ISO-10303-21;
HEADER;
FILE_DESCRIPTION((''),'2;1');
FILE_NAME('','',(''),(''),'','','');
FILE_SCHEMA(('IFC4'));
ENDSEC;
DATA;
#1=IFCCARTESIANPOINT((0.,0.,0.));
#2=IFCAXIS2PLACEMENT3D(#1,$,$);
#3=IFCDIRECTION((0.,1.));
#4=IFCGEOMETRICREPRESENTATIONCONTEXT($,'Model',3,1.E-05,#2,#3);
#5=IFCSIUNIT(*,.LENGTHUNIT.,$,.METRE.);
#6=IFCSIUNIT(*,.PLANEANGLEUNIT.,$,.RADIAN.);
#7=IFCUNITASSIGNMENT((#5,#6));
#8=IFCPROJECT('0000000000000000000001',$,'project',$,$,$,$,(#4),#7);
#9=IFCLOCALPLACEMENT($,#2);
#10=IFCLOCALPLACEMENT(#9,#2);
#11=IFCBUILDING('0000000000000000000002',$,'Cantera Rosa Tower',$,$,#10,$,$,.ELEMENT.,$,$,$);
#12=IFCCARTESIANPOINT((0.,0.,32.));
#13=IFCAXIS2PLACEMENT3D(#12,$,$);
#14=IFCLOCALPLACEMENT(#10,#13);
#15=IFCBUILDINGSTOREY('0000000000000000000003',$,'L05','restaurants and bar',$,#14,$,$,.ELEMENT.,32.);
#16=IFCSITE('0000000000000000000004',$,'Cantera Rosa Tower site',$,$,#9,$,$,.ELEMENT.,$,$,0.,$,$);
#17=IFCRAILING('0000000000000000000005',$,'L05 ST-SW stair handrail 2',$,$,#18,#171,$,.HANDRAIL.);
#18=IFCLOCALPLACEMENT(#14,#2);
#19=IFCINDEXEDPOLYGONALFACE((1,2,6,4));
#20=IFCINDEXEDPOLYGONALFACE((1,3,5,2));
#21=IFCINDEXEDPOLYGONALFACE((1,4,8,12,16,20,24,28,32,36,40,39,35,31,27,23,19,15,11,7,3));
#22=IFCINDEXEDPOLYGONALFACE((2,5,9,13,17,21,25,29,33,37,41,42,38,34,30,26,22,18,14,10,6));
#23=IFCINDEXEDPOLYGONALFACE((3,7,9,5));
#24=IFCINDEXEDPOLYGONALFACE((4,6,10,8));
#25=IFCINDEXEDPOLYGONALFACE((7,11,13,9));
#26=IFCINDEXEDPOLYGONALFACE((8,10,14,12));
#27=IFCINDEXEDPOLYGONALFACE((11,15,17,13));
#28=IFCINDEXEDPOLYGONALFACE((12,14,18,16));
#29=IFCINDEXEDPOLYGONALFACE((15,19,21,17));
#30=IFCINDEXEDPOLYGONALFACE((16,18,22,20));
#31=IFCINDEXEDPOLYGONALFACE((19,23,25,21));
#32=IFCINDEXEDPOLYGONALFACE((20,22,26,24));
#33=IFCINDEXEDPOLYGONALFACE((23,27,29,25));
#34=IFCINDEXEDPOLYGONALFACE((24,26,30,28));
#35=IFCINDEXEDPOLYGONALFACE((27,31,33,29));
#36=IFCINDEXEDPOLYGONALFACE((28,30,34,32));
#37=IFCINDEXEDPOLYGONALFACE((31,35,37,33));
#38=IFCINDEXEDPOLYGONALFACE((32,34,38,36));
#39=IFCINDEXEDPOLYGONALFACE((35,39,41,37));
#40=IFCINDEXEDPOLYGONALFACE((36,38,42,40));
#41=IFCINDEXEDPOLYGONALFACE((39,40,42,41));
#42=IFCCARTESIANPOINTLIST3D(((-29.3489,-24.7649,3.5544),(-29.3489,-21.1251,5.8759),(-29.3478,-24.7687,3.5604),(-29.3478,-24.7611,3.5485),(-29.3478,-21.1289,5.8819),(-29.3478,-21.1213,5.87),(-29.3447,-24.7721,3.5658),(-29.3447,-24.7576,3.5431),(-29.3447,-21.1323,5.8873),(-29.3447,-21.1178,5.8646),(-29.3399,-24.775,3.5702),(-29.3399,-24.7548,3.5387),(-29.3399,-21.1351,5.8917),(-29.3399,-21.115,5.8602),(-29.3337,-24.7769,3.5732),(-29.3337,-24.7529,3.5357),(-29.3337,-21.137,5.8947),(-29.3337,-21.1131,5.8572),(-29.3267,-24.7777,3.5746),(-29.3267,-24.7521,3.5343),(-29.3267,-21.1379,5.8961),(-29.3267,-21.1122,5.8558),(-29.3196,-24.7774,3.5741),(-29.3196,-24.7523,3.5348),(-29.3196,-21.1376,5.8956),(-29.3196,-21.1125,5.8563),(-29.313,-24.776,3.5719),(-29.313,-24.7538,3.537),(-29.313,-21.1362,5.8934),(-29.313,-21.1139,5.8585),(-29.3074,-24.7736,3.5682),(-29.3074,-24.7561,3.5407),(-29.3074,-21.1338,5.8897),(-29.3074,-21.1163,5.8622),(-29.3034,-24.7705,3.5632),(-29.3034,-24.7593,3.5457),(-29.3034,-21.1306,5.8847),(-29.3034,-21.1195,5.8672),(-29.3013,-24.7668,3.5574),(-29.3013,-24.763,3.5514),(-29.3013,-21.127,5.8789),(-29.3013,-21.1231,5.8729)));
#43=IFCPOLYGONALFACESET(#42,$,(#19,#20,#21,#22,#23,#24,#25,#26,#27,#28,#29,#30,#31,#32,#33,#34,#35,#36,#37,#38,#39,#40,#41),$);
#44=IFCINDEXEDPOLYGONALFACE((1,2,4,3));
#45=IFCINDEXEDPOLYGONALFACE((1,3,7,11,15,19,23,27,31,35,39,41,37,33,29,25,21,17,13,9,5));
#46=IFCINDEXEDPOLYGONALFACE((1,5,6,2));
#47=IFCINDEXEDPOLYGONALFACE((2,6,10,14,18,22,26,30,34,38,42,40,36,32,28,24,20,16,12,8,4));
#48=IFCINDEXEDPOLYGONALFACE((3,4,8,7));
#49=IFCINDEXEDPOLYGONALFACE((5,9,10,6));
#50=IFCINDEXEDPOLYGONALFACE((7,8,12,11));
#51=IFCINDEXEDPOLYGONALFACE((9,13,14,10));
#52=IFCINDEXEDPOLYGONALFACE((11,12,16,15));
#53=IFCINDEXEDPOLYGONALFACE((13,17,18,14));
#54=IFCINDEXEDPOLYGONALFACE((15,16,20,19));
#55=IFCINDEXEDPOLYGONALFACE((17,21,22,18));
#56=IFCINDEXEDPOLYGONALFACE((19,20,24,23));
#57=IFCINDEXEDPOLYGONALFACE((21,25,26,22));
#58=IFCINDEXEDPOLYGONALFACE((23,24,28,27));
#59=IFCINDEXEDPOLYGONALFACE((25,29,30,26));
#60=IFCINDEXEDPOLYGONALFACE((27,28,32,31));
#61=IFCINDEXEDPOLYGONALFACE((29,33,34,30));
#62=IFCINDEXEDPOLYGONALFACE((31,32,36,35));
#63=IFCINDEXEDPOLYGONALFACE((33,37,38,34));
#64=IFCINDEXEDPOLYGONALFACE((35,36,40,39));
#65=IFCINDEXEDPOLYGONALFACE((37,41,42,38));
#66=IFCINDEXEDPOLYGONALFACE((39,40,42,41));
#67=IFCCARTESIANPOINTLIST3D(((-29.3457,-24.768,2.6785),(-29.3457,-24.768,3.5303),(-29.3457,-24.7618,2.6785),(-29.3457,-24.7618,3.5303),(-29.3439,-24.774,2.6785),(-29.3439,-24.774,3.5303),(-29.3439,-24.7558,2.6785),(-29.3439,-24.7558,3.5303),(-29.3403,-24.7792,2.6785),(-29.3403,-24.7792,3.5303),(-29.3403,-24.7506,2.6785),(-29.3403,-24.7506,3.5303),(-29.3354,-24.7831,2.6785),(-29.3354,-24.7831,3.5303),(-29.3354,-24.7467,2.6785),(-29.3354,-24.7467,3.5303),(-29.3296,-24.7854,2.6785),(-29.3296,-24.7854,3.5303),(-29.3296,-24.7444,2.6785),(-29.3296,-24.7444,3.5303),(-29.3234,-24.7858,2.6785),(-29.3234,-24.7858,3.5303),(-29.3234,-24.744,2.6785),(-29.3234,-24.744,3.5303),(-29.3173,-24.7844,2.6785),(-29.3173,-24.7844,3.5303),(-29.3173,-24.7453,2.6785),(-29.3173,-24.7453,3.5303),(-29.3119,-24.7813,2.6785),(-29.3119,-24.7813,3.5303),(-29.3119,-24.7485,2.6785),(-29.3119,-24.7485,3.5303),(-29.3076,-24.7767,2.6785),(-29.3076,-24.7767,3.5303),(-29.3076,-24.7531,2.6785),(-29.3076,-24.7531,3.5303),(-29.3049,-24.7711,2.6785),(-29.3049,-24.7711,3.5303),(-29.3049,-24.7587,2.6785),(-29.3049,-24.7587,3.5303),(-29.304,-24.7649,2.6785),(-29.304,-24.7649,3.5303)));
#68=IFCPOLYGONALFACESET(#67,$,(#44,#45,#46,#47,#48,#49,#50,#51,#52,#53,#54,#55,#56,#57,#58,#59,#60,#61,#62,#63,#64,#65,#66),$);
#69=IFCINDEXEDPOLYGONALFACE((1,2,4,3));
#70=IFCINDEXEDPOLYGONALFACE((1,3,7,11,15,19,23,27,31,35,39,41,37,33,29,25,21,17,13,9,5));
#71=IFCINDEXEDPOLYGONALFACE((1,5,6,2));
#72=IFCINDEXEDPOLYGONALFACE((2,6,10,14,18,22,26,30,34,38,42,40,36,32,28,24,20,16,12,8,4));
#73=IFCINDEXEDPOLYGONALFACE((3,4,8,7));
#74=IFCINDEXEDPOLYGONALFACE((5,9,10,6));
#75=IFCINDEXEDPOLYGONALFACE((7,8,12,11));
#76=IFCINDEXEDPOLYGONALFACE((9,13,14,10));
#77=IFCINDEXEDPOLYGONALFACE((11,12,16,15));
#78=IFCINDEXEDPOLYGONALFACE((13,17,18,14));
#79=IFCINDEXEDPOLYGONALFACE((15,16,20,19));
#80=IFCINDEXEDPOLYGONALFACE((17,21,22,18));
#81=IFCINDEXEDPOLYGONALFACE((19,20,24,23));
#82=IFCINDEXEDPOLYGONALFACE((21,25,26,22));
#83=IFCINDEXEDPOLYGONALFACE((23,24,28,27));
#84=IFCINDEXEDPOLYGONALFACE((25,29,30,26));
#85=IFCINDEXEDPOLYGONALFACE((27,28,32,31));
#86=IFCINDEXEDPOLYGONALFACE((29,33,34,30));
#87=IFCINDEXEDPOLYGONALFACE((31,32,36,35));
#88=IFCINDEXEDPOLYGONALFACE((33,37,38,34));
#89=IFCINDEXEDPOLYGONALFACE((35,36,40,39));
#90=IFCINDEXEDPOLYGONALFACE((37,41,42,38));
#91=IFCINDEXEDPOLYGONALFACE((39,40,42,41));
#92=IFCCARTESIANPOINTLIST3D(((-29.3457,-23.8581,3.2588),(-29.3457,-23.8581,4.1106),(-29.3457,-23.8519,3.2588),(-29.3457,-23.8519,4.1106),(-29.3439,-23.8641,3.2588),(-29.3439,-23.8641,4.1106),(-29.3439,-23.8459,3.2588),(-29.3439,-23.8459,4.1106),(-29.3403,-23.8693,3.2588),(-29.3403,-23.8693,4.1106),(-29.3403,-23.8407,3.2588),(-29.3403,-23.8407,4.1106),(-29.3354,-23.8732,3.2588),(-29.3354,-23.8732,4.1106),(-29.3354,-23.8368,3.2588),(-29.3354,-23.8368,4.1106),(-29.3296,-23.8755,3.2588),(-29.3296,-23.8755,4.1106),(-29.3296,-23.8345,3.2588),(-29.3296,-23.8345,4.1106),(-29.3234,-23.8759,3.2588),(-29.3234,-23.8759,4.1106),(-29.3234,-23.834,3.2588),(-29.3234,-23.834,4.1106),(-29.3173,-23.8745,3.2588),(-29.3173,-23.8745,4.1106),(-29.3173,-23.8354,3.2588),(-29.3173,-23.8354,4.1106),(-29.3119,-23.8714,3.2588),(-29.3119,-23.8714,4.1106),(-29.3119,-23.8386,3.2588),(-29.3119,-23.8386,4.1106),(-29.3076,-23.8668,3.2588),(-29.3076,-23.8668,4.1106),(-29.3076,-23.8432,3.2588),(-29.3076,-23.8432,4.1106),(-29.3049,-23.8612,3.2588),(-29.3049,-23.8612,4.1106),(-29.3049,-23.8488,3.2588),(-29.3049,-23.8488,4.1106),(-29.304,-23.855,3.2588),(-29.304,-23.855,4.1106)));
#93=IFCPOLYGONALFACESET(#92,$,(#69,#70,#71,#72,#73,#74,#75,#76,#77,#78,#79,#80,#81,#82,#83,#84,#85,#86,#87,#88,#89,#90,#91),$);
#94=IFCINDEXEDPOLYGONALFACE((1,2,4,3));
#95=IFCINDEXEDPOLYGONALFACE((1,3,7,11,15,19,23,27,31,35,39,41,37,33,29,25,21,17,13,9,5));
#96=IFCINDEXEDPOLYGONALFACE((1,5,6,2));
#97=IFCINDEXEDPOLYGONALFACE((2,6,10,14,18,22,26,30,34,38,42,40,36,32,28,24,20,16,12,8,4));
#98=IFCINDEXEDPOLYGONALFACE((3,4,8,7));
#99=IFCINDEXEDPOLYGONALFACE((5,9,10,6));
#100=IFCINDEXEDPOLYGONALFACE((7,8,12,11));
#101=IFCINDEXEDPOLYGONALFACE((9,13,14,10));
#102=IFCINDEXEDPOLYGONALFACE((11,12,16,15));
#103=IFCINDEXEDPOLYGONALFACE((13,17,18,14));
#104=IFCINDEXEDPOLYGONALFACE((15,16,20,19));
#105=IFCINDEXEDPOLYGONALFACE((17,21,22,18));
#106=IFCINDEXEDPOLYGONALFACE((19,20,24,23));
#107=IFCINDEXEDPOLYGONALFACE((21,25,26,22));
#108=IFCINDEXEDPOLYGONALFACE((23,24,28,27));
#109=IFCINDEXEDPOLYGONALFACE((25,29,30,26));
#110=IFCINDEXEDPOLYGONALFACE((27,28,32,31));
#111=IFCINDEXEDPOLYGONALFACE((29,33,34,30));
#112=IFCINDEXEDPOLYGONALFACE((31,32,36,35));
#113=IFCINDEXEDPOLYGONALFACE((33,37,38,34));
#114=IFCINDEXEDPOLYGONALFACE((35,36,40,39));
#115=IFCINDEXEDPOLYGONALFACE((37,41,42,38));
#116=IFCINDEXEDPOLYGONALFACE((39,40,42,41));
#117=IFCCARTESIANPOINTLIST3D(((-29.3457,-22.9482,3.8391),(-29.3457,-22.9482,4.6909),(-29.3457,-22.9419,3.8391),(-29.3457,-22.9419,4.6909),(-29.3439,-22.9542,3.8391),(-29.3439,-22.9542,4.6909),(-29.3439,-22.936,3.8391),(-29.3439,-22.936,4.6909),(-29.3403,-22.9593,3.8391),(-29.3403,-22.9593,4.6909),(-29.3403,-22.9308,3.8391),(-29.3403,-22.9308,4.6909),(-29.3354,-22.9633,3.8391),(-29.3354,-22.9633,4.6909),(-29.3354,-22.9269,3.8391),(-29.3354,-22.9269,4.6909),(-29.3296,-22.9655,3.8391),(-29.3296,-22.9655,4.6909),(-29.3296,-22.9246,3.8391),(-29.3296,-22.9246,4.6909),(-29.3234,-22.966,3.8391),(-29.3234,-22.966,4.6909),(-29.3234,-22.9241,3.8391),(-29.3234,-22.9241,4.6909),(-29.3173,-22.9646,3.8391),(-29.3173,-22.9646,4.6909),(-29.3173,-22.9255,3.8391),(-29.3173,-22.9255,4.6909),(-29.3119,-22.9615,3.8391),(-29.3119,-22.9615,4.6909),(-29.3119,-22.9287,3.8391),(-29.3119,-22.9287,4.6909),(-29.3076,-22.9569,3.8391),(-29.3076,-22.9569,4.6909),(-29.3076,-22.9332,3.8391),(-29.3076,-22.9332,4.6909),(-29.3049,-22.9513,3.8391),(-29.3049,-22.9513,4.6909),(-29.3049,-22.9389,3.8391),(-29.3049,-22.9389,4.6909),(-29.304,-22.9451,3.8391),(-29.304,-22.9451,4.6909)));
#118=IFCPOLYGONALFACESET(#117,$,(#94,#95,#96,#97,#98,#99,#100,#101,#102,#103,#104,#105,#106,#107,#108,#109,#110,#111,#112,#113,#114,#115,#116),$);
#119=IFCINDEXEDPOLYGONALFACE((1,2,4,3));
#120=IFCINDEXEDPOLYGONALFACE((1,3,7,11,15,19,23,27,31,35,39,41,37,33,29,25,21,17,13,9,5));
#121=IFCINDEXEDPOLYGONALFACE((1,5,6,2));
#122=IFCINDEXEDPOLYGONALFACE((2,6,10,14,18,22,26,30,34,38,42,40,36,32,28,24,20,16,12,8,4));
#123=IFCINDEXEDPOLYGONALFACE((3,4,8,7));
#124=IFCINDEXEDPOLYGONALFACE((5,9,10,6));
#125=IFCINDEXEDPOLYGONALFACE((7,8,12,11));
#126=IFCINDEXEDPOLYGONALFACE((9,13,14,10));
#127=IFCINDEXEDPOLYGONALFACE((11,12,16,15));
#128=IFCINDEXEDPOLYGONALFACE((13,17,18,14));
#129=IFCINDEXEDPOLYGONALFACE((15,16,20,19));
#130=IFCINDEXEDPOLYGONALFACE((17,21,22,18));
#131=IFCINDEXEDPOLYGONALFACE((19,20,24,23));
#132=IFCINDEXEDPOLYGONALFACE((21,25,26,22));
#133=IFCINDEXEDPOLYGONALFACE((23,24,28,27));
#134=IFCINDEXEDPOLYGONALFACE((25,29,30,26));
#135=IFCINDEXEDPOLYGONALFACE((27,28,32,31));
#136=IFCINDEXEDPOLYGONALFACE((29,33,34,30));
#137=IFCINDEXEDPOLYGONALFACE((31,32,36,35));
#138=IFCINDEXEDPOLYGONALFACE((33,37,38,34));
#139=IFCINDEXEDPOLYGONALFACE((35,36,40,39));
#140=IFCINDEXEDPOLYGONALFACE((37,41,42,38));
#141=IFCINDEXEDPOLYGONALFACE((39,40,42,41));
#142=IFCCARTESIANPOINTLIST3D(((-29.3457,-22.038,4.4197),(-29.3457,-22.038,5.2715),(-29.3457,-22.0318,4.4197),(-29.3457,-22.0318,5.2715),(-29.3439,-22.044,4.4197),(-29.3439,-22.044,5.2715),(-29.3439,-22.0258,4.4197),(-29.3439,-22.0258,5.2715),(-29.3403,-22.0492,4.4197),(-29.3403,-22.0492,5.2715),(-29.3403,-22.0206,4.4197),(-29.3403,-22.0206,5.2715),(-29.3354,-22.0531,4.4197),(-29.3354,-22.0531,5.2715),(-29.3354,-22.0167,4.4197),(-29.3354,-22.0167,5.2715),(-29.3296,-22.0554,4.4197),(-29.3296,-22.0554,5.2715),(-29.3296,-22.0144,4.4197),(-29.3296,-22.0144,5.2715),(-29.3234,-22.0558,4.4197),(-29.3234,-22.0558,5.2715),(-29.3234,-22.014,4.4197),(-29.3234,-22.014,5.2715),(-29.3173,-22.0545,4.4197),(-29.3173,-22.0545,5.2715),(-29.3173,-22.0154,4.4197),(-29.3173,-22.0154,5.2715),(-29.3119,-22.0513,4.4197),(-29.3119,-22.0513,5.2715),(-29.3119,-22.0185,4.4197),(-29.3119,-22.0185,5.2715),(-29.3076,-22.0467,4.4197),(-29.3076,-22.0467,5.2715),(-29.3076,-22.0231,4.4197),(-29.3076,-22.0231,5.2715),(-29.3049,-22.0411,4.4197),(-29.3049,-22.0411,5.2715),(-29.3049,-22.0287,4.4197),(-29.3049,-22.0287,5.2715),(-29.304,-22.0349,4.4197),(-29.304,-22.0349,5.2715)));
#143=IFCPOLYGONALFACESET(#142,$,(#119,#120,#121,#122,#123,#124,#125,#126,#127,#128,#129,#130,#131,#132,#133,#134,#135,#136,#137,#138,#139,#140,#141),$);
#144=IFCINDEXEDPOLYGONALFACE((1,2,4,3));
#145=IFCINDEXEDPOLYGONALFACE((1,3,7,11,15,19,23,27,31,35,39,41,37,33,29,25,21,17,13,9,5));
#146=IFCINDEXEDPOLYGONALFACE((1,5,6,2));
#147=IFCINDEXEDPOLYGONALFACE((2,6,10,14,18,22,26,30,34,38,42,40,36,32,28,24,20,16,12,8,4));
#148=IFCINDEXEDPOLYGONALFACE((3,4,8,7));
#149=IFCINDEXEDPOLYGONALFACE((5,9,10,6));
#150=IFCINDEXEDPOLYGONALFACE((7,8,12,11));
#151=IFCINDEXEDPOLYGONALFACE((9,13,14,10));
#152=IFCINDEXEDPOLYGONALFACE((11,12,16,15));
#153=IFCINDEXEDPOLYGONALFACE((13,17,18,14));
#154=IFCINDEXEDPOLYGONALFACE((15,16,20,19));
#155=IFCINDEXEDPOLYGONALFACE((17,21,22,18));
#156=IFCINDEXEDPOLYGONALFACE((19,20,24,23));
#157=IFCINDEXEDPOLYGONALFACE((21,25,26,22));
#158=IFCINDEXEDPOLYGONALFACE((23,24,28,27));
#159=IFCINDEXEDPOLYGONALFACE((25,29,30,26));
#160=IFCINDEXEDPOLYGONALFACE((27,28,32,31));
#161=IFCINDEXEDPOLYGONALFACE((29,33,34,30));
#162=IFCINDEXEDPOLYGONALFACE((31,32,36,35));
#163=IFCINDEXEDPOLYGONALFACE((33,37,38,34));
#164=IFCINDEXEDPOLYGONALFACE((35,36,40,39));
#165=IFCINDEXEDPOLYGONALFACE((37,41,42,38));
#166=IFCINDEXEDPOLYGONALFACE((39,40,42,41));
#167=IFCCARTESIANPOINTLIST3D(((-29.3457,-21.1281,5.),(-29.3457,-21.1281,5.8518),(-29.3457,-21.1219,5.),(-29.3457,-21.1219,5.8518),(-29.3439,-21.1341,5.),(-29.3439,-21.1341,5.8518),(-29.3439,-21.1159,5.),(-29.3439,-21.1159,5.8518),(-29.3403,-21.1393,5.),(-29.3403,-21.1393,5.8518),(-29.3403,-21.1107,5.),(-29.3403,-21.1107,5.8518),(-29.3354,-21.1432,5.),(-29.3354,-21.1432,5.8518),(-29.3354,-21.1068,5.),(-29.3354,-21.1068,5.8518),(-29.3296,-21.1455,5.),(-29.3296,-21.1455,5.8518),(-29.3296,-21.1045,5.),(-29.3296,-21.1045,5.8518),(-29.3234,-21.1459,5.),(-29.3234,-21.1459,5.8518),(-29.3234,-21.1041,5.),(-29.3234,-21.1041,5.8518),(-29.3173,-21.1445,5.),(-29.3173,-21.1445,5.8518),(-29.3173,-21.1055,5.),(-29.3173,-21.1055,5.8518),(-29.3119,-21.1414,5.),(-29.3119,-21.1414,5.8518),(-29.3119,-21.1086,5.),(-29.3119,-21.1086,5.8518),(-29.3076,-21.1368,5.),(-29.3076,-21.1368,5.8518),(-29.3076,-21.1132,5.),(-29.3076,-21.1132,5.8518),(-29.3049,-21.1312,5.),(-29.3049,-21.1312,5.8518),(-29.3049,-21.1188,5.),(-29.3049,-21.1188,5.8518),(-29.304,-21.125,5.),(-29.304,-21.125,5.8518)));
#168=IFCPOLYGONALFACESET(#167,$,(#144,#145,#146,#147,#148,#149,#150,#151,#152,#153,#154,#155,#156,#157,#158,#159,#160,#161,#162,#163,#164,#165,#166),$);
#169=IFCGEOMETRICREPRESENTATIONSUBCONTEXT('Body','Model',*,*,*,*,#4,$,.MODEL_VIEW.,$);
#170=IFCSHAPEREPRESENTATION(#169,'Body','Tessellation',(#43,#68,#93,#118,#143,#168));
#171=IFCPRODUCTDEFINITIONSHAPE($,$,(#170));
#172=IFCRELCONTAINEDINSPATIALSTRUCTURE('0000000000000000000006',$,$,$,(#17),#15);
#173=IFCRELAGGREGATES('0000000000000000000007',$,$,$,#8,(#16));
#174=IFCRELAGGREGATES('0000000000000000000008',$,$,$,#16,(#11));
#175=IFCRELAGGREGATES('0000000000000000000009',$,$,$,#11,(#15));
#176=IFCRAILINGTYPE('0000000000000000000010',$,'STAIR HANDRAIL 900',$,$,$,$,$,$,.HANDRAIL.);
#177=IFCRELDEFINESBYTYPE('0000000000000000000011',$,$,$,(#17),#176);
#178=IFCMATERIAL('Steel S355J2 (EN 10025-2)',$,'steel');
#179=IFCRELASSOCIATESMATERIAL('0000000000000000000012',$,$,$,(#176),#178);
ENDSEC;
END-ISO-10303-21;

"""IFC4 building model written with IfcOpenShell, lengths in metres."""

from ifc_helpers import new_model, si_unit, direction, frame, origin, origin_2d, place, context, subcontext, project, spatial, circle, extrude, material, type_object, element, save


model = new_model("IFC4")

# Units and contexts
model_context = context("Model", 3, precision=1e-05, world=origin(), true_north=direction((0.0, 1.0)))
body_context = subcontext(model_context, "Body", "Model", "MODEL_VIEW")
ifc_project = project(units=[si_unit("LENGTHUNIT", "METRE"), si_unit("PLANEANGLEUNIT", "RADIAN")], contexts=[model_context])

# Site, building, storey
site_placement = place(None, origin())
site = spatial("IfcSite", under=ifc_project, at=site_placement, Name="Cantera Rosa Tower site", CompositionType="ELEMENT", RefElevation=0.0)
building_placement = place(site_placement, origin())
building = spatial("IfcBuilding", under=site, at=building_placement, Name="Cantera Rosa Tower", CompositionType="ELEMENT")
storey_placement = place(building_placement, frame((0.0, 0.0, 32.0)))
storey = spatial("IfcBuildingStorey", under=building, at=storey_placement, Name="L05", Description="restaurants and bar", CompositionType="ELEMENT", Elevation=32.0)

# Railing
ifc_material_1 = material(Name="Steel S355J2 (EN 10025-2)", Category="steel")
railing_type_1 = type_object("IfcRailingType", Name="STAIR HANDRAIL 900", PredefinedType="HANDRAIL", material=ifc_material_1)
railing_1_placement = place(storey_placement, frame((-29.325, -24.7649, 2.6785)))
element("IfcRailing", 1, at=railing_1_placement, inside=storey, type_object=railing_type_1, Name="L05 ST-SW stair handrail 2", PredefinedType="HANDRAIL", context=body_context, shape_type="SweptSolid", body=[
    extrude(circle(Radius=0.0239, at=origin_2d()), frame((0.0, 0.0, 0.876), z_axis=(0.0, 0.843112, 0.537739), x_axis=(-1.0, 0.0, 0.0)), (0.0, 0.0, 1.0), 4.3171),
    extrude(circle(Radius=0.021, at=origin_2d()), origin(), (0.0, 0.0, 1.0), 0.8518),
    extrude(circle(Radius=0.021, at=origin_2d()), frame((0.0, 0.9099, 0.5803)), (0.0, 0.0, 1.0), 0.8518),
    extrude(circle(Radius=0.021, at=origin_2d()), frame((0.0, 1.8198, 1.1606)), (0.0, 0.0, 1.0), 0.8518),
    extrude(circle(Radius=0.021, at=origin_2d()), frame((0.0, 2.73, 1.7412)), (0.0, 0.0, 1.0), 0.8518),
    extrude(circle(Radius=0.021, at=origin_2d()), frame((0.0, 3.6399, 2.3215)), (0.0, 0.0, 1.0), 0.8518),
])

save(model, "model.ifc")
